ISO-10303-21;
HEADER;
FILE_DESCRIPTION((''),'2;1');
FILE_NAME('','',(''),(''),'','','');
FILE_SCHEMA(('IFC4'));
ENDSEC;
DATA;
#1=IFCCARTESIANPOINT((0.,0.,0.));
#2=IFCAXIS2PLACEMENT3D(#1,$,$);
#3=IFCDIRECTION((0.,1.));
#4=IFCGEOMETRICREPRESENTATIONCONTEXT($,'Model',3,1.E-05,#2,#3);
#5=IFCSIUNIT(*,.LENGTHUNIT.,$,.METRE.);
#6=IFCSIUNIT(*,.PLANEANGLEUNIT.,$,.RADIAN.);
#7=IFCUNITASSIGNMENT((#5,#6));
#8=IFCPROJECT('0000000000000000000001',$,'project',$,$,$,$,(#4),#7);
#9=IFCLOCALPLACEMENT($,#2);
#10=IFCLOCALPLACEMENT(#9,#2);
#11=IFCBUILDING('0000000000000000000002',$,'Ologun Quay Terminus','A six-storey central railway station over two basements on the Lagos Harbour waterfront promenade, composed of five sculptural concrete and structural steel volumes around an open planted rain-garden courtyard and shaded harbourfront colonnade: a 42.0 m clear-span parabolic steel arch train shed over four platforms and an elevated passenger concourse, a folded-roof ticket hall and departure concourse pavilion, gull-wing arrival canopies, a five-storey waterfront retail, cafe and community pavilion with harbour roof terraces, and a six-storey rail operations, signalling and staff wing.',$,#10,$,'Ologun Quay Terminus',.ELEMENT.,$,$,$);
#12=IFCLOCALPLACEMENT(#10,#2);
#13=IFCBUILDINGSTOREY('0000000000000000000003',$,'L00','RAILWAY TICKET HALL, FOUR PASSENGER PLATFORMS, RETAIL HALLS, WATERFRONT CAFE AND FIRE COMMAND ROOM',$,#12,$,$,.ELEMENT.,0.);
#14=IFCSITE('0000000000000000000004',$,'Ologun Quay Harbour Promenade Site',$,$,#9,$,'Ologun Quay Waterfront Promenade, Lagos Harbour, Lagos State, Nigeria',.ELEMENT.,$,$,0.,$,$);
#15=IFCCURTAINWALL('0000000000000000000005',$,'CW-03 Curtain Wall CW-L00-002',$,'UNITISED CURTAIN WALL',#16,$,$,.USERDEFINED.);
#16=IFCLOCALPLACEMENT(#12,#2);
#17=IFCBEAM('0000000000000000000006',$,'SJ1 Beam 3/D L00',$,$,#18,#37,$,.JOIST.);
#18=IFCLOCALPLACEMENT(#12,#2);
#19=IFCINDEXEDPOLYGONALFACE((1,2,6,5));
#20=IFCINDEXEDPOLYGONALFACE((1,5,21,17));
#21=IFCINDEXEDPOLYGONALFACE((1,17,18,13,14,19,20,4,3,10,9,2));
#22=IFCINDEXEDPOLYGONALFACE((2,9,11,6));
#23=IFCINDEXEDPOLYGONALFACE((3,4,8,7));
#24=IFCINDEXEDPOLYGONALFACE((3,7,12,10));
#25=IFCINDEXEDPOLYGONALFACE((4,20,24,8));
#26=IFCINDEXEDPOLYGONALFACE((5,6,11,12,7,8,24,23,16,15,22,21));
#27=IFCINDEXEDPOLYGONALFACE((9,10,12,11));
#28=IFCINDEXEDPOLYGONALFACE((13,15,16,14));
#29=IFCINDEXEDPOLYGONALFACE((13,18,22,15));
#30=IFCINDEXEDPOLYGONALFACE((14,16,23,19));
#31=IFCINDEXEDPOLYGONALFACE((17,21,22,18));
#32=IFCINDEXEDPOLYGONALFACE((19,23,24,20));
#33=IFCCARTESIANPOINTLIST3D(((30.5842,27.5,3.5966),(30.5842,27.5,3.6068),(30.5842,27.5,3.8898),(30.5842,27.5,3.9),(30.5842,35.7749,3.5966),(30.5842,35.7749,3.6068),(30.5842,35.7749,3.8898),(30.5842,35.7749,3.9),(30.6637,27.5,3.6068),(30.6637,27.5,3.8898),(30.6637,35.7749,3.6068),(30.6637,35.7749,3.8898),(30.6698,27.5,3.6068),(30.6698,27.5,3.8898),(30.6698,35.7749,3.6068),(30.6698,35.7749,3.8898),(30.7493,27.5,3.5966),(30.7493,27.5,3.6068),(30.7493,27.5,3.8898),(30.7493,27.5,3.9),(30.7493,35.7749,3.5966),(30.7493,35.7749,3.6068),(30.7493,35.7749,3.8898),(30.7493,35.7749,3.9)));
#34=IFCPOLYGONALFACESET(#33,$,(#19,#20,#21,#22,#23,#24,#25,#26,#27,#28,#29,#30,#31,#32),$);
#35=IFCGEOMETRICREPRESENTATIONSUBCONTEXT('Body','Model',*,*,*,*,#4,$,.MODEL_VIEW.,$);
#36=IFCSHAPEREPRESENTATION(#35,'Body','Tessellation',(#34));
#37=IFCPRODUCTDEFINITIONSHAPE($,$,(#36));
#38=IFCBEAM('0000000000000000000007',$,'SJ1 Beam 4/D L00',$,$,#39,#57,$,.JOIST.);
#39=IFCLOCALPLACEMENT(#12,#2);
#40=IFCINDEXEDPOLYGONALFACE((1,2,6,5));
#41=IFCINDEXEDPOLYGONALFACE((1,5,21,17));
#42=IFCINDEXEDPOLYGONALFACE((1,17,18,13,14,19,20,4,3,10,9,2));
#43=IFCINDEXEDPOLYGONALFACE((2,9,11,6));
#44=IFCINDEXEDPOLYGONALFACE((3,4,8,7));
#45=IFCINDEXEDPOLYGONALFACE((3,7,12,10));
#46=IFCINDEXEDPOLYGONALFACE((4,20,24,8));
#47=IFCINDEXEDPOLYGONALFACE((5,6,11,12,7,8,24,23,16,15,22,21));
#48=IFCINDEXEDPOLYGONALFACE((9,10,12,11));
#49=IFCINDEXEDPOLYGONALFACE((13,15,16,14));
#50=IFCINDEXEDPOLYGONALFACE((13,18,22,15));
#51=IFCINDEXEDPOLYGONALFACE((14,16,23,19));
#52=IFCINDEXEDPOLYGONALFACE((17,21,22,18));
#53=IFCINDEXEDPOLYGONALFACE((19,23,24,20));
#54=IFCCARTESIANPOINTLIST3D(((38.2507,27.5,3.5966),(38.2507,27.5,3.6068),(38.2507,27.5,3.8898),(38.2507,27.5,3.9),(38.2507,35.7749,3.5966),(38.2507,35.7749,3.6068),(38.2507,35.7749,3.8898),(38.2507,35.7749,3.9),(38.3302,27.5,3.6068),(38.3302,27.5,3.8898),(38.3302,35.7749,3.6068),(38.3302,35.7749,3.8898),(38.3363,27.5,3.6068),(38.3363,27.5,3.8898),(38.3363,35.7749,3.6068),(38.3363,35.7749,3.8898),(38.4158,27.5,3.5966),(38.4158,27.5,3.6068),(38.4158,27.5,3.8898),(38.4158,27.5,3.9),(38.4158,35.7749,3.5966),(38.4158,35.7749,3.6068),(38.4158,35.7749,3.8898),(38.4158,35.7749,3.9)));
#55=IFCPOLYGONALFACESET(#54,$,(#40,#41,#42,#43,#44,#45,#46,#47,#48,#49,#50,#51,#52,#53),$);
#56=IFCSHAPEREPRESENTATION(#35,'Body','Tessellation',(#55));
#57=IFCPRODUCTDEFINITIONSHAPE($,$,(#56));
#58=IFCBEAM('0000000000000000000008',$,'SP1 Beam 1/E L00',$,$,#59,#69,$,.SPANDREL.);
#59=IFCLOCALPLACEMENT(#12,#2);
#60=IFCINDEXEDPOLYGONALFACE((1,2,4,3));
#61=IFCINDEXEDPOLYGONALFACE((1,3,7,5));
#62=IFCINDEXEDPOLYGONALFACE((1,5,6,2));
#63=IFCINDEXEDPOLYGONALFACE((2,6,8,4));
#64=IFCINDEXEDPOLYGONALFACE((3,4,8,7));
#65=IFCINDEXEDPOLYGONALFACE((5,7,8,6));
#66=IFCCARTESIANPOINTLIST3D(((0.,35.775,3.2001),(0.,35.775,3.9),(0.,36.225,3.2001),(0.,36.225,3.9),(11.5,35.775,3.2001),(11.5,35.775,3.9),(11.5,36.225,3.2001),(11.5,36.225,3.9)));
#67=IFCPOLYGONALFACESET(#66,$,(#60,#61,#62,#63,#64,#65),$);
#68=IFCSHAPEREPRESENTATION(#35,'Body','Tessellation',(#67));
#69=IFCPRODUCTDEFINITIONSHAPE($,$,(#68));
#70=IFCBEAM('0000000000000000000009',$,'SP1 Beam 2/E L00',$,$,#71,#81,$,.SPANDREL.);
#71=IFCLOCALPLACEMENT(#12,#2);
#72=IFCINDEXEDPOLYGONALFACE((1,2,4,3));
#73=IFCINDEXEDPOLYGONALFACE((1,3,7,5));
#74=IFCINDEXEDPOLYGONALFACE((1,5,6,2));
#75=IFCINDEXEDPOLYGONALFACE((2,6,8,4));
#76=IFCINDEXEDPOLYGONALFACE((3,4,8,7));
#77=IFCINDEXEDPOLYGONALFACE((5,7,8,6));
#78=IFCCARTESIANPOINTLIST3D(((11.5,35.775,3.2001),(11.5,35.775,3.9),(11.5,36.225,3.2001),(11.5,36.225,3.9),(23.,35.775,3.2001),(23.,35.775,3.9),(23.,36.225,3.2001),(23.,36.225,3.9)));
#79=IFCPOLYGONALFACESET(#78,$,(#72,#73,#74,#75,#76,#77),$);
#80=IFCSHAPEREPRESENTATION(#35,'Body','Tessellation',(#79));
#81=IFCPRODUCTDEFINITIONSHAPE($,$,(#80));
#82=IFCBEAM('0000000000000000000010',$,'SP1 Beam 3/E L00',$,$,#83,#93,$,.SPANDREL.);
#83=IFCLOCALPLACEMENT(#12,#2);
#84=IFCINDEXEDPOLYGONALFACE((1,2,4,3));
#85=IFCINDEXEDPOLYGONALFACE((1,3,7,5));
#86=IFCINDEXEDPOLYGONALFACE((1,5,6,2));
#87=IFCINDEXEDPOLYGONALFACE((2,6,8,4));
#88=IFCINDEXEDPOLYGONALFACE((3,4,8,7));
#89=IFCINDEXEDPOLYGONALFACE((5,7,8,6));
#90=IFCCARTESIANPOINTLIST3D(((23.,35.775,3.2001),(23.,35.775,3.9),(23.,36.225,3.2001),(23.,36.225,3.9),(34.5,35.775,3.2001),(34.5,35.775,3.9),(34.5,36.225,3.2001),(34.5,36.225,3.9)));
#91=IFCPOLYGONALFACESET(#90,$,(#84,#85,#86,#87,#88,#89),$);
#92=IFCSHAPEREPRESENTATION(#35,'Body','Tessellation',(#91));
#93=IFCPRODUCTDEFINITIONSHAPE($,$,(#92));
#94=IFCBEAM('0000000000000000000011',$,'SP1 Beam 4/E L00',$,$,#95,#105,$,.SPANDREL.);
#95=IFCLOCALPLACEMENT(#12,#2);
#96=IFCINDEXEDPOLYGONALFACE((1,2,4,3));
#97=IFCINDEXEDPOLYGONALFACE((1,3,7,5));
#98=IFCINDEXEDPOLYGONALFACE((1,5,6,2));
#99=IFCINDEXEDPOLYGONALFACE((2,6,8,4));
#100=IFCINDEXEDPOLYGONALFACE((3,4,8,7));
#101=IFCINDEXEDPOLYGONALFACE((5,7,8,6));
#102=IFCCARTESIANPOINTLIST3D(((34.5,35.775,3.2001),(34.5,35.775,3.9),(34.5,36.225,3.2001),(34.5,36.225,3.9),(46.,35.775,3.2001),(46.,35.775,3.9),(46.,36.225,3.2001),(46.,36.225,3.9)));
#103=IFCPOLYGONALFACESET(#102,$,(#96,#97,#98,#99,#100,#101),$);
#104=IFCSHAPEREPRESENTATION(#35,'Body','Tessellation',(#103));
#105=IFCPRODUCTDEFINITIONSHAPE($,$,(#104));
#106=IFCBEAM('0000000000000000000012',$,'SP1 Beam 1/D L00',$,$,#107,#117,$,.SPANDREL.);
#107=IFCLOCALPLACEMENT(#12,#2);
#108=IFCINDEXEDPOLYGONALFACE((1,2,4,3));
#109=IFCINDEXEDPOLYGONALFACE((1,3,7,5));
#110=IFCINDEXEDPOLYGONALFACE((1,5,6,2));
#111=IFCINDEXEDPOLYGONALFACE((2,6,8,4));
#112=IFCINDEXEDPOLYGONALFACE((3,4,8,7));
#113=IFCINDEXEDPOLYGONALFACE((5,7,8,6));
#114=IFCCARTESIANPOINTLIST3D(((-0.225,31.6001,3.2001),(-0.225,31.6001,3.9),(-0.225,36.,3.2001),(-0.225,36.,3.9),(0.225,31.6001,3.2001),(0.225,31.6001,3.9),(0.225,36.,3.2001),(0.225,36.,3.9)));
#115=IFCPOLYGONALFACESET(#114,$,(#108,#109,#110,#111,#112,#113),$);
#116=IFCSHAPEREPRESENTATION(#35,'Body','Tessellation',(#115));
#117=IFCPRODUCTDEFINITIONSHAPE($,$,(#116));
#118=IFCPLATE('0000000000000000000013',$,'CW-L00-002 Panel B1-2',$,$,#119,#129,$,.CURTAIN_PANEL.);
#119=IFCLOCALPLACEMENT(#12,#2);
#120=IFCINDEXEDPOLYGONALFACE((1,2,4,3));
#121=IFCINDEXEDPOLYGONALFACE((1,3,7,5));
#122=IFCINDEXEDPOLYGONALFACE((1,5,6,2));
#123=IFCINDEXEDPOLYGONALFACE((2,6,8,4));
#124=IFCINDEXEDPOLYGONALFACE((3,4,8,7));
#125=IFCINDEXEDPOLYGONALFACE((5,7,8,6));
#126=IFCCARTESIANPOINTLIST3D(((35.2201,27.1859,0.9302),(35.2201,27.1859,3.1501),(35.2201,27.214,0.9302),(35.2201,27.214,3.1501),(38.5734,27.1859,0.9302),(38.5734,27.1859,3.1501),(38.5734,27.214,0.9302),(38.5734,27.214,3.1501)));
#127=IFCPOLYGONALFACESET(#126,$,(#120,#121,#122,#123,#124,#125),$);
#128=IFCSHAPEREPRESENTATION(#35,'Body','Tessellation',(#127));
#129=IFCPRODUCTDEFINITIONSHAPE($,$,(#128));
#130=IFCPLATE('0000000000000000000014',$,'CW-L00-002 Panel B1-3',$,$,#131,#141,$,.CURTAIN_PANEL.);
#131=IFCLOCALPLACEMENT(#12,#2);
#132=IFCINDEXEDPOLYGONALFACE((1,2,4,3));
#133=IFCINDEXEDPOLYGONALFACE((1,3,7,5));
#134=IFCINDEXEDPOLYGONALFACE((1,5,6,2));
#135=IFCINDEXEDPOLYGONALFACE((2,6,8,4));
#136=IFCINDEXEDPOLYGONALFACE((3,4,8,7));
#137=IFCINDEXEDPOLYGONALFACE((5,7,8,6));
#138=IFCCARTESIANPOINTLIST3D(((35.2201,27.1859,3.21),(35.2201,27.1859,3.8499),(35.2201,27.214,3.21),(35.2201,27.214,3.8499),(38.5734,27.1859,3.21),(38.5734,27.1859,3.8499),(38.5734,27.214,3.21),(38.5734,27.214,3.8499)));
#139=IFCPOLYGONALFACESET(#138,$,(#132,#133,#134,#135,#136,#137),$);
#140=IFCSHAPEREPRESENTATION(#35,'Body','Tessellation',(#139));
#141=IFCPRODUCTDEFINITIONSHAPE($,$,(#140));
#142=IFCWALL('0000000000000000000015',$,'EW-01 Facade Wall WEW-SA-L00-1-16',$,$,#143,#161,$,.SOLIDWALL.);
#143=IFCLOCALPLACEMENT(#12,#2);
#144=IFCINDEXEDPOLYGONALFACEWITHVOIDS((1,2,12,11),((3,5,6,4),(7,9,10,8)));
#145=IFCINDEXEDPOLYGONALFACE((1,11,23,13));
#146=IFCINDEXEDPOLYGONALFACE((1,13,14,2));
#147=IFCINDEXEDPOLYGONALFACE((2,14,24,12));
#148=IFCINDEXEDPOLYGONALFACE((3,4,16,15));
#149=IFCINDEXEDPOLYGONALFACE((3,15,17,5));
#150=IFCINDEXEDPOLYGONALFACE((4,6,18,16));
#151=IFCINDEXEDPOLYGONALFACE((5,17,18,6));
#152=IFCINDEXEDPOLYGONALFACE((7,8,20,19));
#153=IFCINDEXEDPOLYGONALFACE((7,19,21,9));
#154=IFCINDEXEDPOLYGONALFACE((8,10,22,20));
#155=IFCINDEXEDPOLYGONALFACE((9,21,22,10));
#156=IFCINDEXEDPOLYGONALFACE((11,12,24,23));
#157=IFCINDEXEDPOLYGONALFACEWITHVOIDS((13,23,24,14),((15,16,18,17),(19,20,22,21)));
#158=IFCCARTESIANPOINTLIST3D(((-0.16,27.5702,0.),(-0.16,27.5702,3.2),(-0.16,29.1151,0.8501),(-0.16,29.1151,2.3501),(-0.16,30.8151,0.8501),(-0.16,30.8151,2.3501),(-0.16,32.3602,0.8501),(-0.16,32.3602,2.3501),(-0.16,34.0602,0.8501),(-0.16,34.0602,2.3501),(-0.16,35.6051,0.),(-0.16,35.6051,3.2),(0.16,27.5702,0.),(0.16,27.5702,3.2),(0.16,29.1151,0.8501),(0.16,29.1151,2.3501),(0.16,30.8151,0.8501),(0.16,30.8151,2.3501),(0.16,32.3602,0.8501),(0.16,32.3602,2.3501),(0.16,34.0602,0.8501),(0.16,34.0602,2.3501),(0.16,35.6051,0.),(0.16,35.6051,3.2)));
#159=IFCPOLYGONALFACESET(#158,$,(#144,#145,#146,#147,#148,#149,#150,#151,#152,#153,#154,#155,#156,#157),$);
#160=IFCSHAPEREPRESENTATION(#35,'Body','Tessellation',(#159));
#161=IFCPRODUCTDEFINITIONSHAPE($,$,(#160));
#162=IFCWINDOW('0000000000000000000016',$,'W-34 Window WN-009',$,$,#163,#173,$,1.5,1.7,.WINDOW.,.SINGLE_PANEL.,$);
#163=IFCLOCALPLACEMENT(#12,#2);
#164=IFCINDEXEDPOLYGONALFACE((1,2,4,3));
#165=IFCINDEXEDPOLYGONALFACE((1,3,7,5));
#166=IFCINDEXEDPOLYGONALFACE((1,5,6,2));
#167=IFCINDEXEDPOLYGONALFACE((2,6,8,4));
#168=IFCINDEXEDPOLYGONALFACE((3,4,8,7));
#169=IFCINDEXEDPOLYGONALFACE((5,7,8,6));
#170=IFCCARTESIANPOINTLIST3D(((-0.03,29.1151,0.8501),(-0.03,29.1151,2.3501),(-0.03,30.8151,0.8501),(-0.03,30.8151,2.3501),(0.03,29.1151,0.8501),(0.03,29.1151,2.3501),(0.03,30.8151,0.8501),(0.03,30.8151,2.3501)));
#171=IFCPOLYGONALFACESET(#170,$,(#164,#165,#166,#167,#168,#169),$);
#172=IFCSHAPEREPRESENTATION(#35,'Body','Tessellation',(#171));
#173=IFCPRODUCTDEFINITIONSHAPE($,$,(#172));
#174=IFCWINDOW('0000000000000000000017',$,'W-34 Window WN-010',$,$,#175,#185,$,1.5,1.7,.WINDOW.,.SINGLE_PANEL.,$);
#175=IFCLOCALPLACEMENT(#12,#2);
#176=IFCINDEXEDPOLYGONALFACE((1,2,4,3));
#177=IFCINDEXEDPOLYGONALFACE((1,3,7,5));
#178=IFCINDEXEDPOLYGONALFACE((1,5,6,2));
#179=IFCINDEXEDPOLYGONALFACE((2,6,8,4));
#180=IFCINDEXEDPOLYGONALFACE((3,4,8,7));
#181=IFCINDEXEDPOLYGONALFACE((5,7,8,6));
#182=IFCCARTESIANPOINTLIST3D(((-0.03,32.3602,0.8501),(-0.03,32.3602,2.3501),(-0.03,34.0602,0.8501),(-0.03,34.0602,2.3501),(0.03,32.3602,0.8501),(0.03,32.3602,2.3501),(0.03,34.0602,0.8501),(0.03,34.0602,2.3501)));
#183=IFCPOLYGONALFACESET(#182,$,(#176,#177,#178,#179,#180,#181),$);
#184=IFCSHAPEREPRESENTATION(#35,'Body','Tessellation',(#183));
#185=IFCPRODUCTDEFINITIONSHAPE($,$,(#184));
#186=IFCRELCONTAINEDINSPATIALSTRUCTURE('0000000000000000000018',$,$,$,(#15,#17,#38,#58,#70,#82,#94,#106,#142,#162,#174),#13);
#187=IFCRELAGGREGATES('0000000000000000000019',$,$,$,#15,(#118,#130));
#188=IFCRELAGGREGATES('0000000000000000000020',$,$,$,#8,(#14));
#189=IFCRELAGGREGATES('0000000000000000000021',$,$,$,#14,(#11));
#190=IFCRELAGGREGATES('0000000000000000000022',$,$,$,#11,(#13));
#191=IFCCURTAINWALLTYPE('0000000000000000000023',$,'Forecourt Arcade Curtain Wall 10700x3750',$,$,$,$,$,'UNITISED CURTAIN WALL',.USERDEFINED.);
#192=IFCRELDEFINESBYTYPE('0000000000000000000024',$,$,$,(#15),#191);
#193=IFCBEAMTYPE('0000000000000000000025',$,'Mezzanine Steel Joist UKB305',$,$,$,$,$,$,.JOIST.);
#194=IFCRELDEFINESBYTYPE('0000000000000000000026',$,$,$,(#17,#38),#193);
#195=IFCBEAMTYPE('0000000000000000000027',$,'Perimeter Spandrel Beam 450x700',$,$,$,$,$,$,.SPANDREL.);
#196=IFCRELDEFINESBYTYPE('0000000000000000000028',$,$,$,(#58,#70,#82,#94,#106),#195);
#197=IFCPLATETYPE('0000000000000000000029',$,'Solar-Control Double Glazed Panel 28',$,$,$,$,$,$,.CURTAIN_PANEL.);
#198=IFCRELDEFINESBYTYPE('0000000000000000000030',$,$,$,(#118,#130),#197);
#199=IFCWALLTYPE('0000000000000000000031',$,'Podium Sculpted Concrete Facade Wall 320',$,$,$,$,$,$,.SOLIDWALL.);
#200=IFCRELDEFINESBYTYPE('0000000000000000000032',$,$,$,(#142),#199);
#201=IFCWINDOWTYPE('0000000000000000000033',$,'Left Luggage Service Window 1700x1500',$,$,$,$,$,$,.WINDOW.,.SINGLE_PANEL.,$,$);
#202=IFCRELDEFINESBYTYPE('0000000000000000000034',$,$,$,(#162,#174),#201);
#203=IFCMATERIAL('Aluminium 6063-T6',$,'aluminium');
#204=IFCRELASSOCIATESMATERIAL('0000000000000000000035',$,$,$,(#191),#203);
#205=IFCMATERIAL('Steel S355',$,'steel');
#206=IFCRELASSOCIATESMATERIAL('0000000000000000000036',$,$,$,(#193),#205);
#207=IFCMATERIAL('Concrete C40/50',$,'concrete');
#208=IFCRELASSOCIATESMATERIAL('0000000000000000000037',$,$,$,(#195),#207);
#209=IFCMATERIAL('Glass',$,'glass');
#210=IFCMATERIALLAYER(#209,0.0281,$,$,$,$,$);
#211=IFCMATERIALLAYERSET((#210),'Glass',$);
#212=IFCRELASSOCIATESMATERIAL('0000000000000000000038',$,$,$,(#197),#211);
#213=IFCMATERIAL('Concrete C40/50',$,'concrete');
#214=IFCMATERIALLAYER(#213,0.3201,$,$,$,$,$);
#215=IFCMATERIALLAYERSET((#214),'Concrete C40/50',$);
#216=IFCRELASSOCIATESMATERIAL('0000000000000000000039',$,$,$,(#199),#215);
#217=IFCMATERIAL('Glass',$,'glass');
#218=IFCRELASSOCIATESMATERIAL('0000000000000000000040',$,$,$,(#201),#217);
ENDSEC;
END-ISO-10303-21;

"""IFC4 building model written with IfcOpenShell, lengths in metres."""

from ifc_helpers import new_model, si_unit, direction, frame, frame_2d, origin, origin_2d, place, context, subcontext, project, spatial, rectangle, i_section, extrude, material, layer, layer_set, material_profile, profile_set, type_object, element, fill, aggregate, save


model = new_model("IFC4")

# Units and contexts
model_context = context("Model", 3, precision=1e-05, world=origin(), true_north=direction((0.0, 1.0)))
body_context = subcontext(model_context, "Body", "Model", "MODEL_VIEW")
ifc_project = project(units=[si_unit("LENGTHUNIT", "METRE"), si_unit("PLANEANGLEUNIT", "RADIAN")], contexts=[model_context])

# Site, building, storey
site_placement = place(None, origin())
site = spatial("IfcSite", under=ifc_project, at=site_placement, Name="Ologun Quay Harbour Promenade Site", LongName="Ologun Quay Waterfront Promenade, Lagos Harbour, Lagos State, Nigeria", CompositionType="ELEMENT", RefElevation=0.0)
building_placement = place(site_placement, origin())
building = spatial("IfcBuilding", under=site, at=building_placement, Name="Ologun Quay Terminus", Description="A six-storey central railway station over two basements on the Lagos Harbour waterfront promenade, composed of five sculptural concrete and structural steel volumes around an open planted rain-garden courtyard and shaded harbourfront colonnade: a 42.0 m clear-span parabolic steel arch train shed over four platforms and an elevated passenger concourse, a folded-roof ticket hall and departure concourse pavilion, gull-wing arrival canopies, a five-storey waterfront retail, cafe and community pavilion with harbour roof terraces, and a six-storey rail operations, signalling and staff wing.", LongName="Ologun Quay Terminus", CompositionType="ELEMENT")
storey_placement = place(building_placement, origin())
storey = spatial("IfcBuildingStorey", under=building, at=storey_placement, Name="L00", Description="RAILWAY TICKET HALL, FOUR PASSENGER PLATFORMS, RETAIL HALLS, WATERFRONT CAFE AND FIRE COMMAND ROOM", CompositionType="ELEMENT", Elevation=0.0)

# Curtain wall
ifc_material_1 = material(Name="Aluminium 6063-T6", Category="aluminium")
curtain_wall_type = type_object("IfcCurtainWallType", Name="Forecourt Arcade Curtain Wall 10700x3750", ElementType="UNITISED CURTAIN WALL", PredefinedType="USERDEFINED", material=ifc_material_1)
curtain_wall_placement = place(storey_placement, origin())
curtain_wall = element("IfcCurtainWall", 1, at=curtain_wall_placement, inside=storey, type_object=curtain_wall_type, Name="CW-03 Curtain Wall CW-L00-002", ObjectType="UNITISED CURTAIN WALL", PredefinedType="USERDEFINED")

# Beams
ifc_material_2 = material(Name="Steel S355", Category="steel")
ifc_material_profile_1 = material_profile(ifc_material_2, i_section(OverallWidth=0.165, OverallDepth=0.3035, WebThickness=0.0061, FlangeThickness=0.0103, at=origin_2d()), Name="UKB 305x165x40")
ifc_profile_set_1 = profile_set([ifc_material_profile_1], Name="Steel S355")
beam_type_1 = type_object("IfcBeamType", Name="Mezzanine Steel Joist UKB305", PredefinedType="JOIST", material=ifc_profile_set_1)
for number, where, z_axis, x_axis, name in (
    (2, (30.6667, 27.5, 3.7483), (0.0, 1.0, 0.0), (-1.0, 0.0, 0.0), "SJ1 Beam 3/D L00"),
    (3, (38.3333, 27.5, 3.7483), (0.0, 1.0, 0.0), (-1.0, 0.0, 0.0), "SJ1 Beam 4/D L00"),
):
    element("IfcBeam", number, at=place(storey_placement, frame(where, z_axis=z_axis, x_axis=x_axis)), inside=storey, type_object=beam_type_1, Name=name, PredefinedType="JOIST", context=body_context, shape_type="SweptSolid", body=[
        extrude(i_section(OverallWidth=0.165, OverallDepth=0.3035, WebThickness=0.0061, FlangeThickness=0.0103, at=origin_2d()), origin(), (0.0, 0.0, 1.0), 8.2749),
    ])
ifc_material_3 = material(Name="Concrete C40/50", Category="concrete")
ifc_material_profile_2 = material_profile(ifc_material_3, rectangle(XDim=0.45, YDim=0.7, at=origin_2d()), Name="RC 450x700")
ifc_profile_set_2 = profile_set([ifc_material_profile_2], Name="Concrete C40/50")
beam_type_2 = type_object("IfcBeamType", Name="Perimeter Spandrel Beam 450x700", PredefinedType="SPANDREL", material=ifc_profile_set_2)
for number, where, z_axis, x_axis, name in (
    (4, (0.0, 36.0, 3.55), (1.0, 0.0, 0.0), (0.0, 1.0, 0.0), "SP1 Beam 1/E L00"),
    (5, (11.5, 36.0, 3.55), (1.0, 0.0, 0.0), (0.0, 1.0, 0.0), "SP1 Beam 2/E L00"),
    (6, (23.0, 36.0, 3.55), (1.0, 0.0, 0.0), (0.0, 1.0, 0.0), "SP1 Beam 3/E L00"),
    (7, (34.5, 36.0, 3.55), (1.0, 0.0, 0.0), (0.0, 1.0, 0.0), "SP1 Beam 4/E L00"),
):
    element("IfcBeam", number, at=place(storey_placement, frame(where, z_axis=z_axis, x_axis=x_axis)), inside=storey, type_object=beam_type_2, Name=name, PredefinedType="SPANDREL", context=body_context, shape_type="SweptSolid", body=[
        extrude(rectangle(XDim=0.45, YDim=0.7, at=origin_2d()), origin(), (0.0, 0.0, 1.0), 11.5),
    ])
beam_placement = place(storey_placement, frame((0.0, 31.6001, 3.55), z_axis=(0.0, 1.0, 0.0), x_axis=(-1.0, 0.0, 0.0)))
element("IfcBeam", 8, at=beam_placement, inside=storey, type_object=beam_type_2, Name="SP1 Beam 1/D L00", PredefinedType="SPANDREL", context=body_context, shape_type="SweptSolid", body=[
    extrude(rectangle(XDim=0.45, YDim=0.7, at=origin_2d()), origin(), (0.0, 0.0, 1.0), 4.3999),
])

# Plates
ifc_material_4 = material(Name="Glass", Category="glass")
ifc_layer_1 = layer(ifc_material_4, 0.0281)
ifc_layer_set_1 = layer_set([ifc_layer_1], Name="Glass")
plate_type = type_object("IfcPlateType", Name="Solar-Control Double Glazed Panel 28", PredefinedType="CURTAIN_PANEL", material=ifc_layer_set_1)
plate_1_placement = place(storey_placement, frame((36.8967, 27.2, 0.9302), z_axis=(0.0, 0.0, 1.0), x_axis=(1.0, 0.0, 0.0)))
plate_1 = element("IfcPlate", 9, at=plate_1_placement, type_object=plate_type, Name="CW-L00-002 Panel B1-2", PredefinedType="CURTAIN_PANEL", context=body_context, shape_type="SweptSolid", body=[
    extrude(rectangle(XDim=3.3533, YDim=0.0281, at=origin_2d()), origin(), (0.0, 0.0, 1.0), 2.22),
])
plate_2_placement = place(storey_placement, frame((36.8967, 27.2, 3.21), z_axis=(0.0, 0.0, 1.0), x_axis=(1.0, 0.0, 0.0)))
plate_2 = element("IfcPlate", 10, at=plate_2_placement, type_object=plate_type, Name="CW-L00-002 Panel B1-3", PredefinedType="CURTAIN_PANEL", context=body_context, shape_type="SweptSolid", body=[
    extrude(rectangle(XDim=3.3533, YDim=0.0281, at=origin_2d()), origin(), (0.0, 0.0, 1.0), 0.6399),
])
aggregate(curtain_wall, [plate_1, plate_2])

# Wall, openings, windows
ifc_material_5 = material(Name="Concrete C40/50", Category="concrete")
ifc_layer_2 = layer(ifc_material_5, 0.3201)
ifc_layer_set_2 = layer_set([ifc_layer_2], Name="Concrete C40/50")
wall_type_1 = type_object("IfcWallType", Name="Podium Sculpted Concrete Facade Wall 320", PredefinedType="SOLIDWALL", material=ifc_layer_set_2)
wall_1_placement = place(storey_placement, frame((0.0, 27.5701, 0.0), z_axis=(0.0, 0.0, 1.0), x_axis=(0.0, 1.0, 0.0)))
wall_1 = element("IfcWall", 11, at=wall_1_placement, inside=storey, type_object=wall_type_1, Name="EW-01 Facade Wall WEW-SA-L00-1-16", PredefinedType="SOLIDWALL", context=body_context, shape_type="SweptSolid", body=[
    extrude(rectangle(XDim=8.0349, YDim=0.3201, at=frame_2d((4.0176, 0.0))), origin(), (0.0, 0.0, 1.0), 3.2),
])
opening_1_placement = place(wall_1_placement, frame((1.5449, 0.0, 0.8501)))
opening_1 = element("IfcOpeningElement", 12, at=opening_1_placement, cuts=wall_1, PredefinedType="OPENING", context=body_context, shape_type="SweptSolid", body=[
    extrude(rectangle(XDim=1.7, YDim=1.5, at=frame_2d((0.8501, 0.75))), frame((0.0, 0.1699, 0.0), z_axis=(0.0, -1.0, 0.0), x_axis=(1.0, 0.0, 0.0)), (0.0, 0.0, 1.0), 0.3401),
])
opening_2_placement = place(wall_1_placement, frame((4.79, 0.0, 0.8501)))
opening_2 = element("IfcOpeningElement", 13, at=opening_2_placement, cuts=wall_1, PredefinedType="OPENING", context=body_context, shape_type="SweptSolid", body=[
    extrude(rectangle(XDim=1.7, YDim=1.5, at=frame_2d((0.8501, 0.75))), frame((0.0, 0.1699, 0.0), z_axis=(0.0, -1.0, 0.0), x_axis=(1.0, 0.0, 0.0)), (0.0, 0.0, 1.0), 0.3401),
])
ifc_material_6 = material(Name="Glass", Category="glass")
window_type = type_object("IfcWindowType", Name="Left Luggage Service Window 1700x1500", PartitioningType="SINGLE_PANEL", PredefinedType="WINDOW", material=ifc_material_6)
window_1_placement = place(opening_1_placement, origin())
window_1 = element("IfcWindow", 14, at=window_1_placement, inside=storey, type_object=window_type, Name="W-34 Window WN-009", OverallHeight=1.5, OverallWidth=1.7, PartitioningType="SINGLE_PANEL", PredefinedType="WINDOW", context=body_context, shape_type="SweptSolid", body=[
    extrude(rectangle(XDim=1.7, YDim=1.5, at=frame_2d((0.8501, 0.75))), frame((0.0, 0.03, 0.0), z_axis=(0.0, -1.0, 0.0), x_axis=(1.0, 0.0, 0.0)), (0.0, 0.0, 1.0), 0.0601),
])
fill(opening_1, window_1)
window_2_placement = place(opening_2_placement, origin())
window_2 = element("IfcWindow", 15, at=window_2_placement, inside=storey, type_object=window_type, Name="W-34 Window WN-010", OverallHeight=1.5, OverallWidth=1.7, PartitioningType="SINGLE_PANEL", PredefinedType="WINDOW", context=body_context, shape_type="SweptSolid", body=[
    extrude(rectangle(XDim=1.7, YDim=1.5, at=frame_2d((0.8501, 0.75))), frame((0.0, 0.03, 0.0), z_axis=(0.0, -1.0, 0.0), x_axis=(1.0, 0.0, 0.0)), (0.0, 0.0, 1.0), 0.0601),
])
fill(opening_2, window_2)

save(model, "model.ifc")
